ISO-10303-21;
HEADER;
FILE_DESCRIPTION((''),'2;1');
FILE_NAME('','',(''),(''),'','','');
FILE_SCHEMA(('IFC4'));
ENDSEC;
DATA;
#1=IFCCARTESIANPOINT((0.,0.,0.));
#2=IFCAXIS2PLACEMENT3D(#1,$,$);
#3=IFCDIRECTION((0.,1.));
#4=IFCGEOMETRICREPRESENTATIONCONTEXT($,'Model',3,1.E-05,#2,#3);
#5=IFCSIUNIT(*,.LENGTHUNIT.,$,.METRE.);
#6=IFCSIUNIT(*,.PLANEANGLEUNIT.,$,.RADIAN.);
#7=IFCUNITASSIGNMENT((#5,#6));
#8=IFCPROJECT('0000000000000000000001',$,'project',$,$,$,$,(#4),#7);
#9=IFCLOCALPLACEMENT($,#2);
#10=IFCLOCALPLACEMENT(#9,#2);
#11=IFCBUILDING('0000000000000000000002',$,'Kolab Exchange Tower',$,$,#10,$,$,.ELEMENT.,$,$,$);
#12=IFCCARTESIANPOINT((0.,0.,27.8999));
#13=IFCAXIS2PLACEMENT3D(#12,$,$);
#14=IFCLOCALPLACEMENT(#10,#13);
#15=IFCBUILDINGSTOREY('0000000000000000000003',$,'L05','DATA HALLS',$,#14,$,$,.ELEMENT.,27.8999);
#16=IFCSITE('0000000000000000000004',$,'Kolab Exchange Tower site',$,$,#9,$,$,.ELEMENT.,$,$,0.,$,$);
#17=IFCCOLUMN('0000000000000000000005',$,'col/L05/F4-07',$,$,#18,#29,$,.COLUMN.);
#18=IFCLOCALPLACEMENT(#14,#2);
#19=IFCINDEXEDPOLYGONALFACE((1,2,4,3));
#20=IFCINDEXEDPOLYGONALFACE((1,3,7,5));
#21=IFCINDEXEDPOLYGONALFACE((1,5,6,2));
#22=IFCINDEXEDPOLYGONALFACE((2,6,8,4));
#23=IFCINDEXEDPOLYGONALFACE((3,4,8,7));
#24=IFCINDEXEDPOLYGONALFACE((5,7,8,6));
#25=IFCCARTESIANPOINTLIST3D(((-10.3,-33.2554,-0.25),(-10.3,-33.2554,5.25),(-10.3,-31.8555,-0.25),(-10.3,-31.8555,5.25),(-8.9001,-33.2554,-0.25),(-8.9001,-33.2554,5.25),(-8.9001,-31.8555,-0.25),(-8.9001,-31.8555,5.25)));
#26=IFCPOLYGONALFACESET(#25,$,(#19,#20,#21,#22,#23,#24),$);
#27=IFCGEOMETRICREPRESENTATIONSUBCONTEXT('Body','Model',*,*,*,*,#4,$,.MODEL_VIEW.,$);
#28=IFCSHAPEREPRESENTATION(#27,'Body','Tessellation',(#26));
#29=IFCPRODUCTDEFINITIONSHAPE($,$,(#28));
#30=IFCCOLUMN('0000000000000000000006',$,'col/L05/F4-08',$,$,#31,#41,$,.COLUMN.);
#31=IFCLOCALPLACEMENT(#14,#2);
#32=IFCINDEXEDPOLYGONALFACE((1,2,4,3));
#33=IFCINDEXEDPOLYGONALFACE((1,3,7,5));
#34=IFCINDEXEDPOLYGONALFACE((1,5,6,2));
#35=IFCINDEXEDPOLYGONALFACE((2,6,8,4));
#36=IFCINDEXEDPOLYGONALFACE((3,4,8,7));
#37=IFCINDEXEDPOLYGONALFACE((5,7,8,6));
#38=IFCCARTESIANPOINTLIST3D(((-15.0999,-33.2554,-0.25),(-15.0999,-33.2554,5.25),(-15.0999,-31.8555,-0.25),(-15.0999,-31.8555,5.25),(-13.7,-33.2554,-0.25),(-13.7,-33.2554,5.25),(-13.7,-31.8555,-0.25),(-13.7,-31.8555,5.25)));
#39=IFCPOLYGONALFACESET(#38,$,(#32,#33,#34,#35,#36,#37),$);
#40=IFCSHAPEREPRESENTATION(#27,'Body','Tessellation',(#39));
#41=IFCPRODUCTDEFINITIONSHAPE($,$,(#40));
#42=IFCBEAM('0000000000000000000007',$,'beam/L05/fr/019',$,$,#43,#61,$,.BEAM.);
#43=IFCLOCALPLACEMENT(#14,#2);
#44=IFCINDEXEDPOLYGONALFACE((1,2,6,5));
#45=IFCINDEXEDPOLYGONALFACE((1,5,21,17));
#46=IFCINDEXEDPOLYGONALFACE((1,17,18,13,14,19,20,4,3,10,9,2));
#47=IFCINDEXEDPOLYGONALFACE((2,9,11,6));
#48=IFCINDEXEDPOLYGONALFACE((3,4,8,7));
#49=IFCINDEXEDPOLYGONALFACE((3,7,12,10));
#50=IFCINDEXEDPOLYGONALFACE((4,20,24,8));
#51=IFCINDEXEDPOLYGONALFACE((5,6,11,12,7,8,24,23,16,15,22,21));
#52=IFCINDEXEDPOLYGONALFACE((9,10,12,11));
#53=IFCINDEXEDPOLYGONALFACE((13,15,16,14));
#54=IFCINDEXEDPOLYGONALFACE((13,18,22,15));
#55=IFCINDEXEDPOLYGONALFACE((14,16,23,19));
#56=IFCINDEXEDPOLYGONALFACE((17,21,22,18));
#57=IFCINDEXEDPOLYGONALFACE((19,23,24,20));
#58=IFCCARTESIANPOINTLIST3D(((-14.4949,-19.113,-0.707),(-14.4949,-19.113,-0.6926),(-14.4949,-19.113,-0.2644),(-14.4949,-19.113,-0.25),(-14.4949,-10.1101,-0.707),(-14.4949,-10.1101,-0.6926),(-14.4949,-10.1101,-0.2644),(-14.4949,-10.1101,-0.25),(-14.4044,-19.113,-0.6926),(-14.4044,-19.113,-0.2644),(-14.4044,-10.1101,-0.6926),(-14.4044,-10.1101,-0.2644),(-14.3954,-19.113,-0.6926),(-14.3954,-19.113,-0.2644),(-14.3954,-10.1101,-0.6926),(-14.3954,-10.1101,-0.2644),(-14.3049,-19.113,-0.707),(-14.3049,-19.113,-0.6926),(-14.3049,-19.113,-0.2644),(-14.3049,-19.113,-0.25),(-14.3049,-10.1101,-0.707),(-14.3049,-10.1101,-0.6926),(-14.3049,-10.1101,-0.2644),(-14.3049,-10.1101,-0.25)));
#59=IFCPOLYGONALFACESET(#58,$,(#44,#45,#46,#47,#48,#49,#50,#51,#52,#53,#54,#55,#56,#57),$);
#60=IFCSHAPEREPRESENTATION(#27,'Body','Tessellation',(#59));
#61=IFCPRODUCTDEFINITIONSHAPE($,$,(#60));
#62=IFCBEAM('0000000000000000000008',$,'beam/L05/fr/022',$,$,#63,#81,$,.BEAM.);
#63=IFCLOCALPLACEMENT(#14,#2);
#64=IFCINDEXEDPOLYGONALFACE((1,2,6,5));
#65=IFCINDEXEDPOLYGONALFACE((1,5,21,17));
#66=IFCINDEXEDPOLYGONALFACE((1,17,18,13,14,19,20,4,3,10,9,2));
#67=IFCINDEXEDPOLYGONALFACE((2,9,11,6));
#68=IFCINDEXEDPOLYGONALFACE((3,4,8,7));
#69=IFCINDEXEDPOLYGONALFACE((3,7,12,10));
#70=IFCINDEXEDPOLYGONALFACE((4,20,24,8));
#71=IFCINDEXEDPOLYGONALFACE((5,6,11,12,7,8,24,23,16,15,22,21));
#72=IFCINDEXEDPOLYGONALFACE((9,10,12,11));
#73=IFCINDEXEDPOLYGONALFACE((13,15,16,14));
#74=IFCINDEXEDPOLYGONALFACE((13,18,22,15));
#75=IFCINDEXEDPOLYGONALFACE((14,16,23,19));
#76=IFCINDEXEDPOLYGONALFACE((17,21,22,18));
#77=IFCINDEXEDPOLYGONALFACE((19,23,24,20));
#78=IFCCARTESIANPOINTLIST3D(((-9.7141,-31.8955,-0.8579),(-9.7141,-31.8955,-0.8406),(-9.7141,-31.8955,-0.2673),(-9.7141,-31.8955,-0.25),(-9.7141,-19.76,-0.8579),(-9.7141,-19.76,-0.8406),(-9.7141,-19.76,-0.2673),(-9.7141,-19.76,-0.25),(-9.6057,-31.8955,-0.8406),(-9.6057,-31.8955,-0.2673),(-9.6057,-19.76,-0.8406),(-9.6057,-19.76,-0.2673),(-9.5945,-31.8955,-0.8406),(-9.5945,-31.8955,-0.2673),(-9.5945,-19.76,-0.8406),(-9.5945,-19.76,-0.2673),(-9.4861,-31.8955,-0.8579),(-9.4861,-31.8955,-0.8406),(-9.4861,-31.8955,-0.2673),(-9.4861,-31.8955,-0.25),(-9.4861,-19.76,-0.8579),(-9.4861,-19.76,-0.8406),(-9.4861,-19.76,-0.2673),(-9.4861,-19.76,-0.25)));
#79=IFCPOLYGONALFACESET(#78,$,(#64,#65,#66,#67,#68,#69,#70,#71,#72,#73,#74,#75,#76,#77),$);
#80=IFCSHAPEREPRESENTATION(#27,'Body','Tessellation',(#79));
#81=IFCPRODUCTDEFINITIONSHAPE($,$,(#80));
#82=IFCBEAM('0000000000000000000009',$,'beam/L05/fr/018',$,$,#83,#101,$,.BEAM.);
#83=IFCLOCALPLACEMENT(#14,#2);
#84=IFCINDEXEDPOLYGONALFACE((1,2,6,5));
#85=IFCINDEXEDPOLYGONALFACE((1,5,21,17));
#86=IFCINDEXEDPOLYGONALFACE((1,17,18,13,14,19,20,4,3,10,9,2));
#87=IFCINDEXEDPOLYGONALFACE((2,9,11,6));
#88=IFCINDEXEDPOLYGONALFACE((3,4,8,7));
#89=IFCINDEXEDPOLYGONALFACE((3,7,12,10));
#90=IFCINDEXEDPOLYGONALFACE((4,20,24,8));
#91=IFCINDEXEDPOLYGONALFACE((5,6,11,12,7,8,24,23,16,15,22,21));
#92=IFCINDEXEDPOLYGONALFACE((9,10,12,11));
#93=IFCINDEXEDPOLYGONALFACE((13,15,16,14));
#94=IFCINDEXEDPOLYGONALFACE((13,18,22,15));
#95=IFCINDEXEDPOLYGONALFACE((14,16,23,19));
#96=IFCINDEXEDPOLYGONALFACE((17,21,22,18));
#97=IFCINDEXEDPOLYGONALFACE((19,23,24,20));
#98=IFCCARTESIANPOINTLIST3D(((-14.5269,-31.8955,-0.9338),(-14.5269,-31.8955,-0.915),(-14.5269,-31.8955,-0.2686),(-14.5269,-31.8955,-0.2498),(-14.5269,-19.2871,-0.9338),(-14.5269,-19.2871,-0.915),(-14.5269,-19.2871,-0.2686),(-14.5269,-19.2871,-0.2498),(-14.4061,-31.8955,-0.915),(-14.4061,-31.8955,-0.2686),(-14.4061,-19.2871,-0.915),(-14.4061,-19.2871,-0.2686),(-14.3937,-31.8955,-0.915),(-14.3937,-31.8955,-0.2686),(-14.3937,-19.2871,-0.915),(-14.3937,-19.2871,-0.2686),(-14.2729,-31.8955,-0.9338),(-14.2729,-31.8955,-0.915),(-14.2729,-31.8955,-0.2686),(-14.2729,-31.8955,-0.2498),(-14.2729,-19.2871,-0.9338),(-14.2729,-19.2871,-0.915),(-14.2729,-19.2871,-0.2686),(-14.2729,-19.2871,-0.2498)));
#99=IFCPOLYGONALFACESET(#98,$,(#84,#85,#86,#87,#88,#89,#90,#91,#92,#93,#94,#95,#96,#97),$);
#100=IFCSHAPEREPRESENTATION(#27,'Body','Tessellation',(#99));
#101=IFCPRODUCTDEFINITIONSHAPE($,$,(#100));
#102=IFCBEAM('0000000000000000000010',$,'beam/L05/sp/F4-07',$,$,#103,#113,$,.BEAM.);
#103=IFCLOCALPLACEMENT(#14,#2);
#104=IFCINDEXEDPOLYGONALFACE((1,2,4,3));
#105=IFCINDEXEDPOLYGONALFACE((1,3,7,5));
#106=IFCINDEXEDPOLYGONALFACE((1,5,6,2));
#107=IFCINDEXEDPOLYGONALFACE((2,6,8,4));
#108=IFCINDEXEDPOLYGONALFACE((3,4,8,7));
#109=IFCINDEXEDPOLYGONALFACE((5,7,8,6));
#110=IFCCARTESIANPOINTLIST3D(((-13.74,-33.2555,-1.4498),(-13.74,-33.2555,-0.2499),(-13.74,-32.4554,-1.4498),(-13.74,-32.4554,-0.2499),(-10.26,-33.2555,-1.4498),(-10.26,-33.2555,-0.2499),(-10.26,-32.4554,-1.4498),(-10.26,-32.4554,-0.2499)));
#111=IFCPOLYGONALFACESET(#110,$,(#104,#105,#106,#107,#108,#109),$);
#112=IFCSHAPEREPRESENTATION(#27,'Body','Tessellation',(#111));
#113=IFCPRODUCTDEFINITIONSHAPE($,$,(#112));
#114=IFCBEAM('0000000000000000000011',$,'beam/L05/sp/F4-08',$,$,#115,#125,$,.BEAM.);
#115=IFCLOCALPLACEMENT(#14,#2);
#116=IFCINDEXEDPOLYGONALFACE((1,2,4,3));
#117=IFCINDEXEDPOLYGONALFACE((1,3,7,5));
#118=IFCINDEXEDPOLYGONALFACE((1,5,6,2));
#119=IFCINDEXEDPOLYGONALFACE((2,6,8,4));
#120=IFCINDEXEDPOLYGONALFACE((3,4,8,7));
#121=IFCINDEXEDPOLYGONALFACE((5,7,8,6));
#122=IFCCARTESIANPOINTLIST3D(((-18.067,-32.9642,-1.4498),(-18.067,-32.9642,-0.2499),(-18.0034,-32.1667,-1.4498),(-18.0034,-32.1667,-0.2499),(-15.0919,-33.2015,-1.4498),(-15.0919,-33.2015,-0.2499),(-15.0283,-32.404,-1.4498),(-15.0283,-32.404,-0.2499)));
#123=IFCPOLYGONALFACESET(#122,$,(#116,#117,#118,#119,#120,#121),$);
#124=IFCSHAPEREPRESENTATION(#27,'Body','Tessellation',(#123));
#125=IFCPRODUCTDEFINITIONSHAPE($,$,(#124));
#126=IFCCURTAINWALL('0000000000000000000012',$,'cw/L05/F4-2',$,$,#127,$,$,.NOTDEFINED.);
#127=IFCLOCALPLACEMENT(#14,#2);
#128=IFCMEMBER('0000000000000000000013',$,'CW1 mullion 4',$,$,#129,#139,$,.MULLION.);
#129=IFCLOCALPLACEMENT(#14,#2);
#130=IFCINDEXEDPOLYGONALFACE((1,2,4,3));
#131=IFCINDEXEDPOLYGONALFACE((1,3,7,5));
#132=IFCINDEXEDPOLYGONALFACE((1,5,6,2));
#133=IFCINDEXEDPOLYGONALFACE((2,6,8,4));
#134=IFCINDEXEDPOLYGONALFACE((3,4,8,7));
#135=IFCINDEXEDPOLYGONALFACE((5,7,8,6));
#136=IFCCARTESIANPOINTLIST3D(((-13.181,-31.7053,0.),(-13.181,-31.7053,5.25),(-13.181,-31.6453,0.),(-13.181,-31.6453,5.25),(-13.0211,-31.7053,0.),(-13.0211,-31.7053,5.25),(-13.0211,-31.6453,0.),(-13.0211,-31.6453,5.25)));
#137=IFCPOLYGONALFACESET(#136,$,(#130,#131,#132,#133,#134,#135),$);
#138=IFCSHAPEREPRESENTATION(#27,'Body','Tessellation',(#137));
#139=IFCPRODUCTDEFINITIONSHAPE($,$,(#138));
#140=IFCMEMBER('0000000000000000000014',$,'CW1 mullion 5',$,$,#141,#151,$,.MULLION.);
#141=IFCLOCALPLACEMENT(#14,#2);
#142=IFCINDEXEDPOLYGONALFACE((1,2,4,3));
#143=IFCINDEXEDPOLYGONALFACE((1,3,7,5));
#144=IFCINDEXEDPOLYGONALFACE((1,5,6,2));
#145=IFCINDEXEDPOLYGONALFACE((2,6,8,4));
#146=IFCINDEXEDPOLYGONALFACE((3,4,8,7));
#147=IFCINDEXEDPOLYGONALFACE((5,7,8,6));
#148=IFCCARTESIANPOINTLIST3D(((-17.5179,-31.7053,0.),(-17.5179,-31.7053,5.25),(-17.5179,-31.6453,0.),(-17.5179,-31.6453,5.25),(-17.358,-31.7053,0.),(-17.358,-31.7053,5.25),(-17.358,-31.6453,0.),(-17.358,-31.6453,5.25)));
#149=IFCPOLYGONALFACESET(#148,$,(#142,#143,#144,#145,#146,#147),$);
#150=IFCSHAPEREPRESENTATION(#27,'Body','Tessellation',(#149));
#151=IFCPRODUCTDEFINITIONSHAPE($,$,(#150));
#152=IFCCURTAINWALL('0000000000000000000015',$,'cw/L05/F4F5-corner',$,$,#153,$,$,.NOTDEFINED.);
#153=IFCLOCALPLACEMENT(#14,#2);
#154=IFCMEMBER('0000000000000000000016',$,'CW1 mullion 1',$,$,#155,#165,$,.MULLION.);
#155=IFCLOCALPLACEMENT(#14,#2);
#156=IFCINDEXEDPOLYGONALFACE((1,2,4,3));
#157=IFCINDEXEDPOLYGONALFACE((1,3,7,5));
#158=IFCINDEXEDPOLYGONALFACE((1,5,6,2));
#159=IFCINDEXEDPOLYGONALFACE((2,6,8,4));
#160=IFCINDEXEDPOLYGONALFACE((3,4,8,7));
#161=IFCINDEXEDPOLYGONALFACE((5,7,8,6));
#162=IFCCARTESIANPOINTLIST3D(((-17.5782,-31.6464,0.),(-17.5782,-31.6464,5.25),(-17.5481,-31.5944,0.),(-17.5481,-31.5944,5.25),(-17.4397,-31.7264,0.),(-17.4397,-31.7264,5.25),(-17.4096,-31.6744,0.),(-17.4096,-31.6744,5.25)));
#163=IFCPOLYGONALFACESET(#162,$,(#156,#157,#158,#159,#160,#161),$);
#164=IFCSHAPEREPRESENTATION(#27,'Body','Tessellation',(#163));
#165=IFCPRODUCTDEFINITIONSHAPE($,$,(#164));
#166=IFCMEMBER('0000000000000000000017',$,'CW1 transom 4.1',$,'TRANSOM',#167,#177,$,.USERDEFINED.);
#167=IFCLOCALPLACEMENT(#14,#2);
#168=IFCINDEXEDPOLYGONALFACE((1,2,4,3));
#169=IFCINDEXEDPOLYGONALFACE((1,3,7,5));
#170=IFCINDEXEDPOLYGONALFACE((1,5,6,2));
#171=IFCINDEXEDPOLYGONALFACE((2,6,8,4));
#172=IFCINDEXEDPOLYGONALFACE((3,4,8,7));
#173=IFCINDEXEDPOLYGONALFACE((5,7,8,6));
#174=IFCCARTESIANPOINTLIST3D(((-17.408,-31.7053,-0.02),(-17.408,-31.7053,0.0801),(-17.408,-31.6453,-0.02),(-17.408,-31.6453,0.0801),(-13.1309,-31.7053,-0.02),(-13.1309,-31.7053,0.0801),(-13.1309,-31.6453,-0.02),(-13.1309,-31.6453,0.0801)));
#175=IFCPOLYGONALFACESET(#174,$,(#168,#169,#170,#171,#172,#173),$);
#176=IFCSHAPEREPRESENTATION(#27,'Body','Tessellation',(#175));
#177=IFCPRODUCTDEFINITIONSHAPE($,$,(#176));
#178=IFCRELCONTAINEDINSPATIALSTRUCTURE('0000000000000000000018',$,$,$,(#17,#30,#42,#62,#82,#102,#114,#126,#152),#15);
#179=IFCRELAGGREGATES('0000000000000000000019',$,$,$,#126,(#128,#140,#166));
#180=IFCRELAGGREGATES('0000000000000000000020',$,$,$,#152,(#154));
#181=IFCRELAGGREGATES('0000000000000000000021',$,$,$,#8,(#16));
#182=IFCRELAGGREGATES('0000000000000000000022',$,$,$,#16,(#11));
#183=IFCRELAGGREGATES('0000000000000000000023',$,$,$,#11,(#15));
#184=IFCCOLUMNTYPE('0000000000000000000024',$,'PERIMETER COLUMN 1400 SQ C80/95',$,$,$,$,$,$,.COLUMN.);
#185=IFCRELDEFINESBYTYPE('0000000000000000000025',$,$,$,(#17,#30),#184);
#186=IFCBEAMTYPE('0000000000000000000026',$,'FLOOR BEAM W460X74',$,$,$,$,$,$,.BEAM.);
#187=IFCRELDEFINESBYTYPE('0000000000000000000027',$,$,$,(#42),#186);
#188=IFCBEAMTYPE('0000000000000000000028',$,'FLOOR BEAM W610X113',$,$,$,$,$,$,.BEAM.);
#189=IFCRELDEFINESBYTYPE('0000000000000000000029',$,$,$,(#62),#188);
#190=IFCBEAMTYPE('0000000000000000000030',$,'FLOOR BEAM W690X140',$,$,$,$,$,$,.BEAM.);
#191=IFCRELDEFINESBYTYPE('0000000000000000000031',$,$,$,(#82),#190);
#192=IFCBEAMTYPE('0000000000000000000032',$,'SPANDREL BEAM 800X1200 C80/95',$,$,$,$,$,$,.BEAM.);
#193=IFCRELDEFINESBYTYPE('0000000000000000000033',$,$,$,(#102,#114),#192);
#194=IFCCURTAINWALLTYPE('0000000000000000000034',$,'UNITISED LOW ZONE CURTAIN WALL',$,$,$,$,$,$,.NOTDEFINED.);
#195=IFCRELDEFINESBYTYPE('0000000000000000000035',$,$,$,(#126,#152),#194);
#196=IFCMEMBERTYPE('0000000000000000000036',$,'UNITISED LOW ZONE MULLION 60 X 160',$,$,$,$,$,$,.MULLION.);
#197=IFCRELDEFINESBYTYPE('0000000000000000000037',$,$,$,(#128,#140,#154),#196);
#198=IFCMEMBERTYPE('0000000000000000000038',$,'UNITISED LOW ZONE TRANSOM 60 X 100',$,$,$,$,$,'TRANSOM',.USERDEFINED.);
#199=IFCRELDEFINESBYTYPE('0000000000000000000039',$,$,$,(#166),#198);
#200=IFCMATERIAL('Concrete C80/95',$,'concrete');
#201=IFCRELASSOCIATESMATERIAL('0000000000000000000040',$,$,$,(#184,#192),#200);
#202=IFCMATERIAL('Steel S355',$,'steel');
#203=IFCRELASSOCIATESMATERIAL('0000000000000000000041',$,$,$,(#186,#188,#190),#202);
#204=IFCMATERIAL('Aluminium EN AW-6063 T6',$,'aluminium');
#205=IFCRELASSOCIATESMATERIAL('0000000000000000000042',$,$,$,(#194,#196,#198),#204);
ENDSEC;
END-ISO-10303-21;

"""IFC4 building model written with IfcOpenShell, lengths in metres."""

from ifc_helpers import new_model, si_unit, direction, frame, origin, origin_2d, place, context, subcontext, project, spatial, rectangle, i_section, extrude, material, material_profile, profile_set, type_object, element, aggregate, save


model = new_model("IFC4")

# Units and contexts
model_context = context("Model", 3, precision=1e-05, world=origin(), true_north=direction((0.0, 1.0)))
body_context = subcontext(model_context, "Body", "Model", "MODEL_VIEW")
ifc_project = project(units=[si_unit("LENGTHUNIT", "METRE"), si_unit("PLANEANGLEUNIT", "RADIAN")], contexts=[model_context])

# Site, building, storey
site_placement = place(None, origin())
site = spatial("IfcSite", under=ifc_project, at=site_placement, Name="Kolab Exchange Tower site", CompositionType="ELEMENT", RefElevation=0.0)
building_placement = place(site_placement, origin())
building = spatial("IfcBuilding", under=site, at=building_placement, Name="Kolab Exchange Tower", CompositionType="ELEMENT")
storey_placement = place(building_placement, frame((0.0, 0.0, 27.8999)))
storey = spatial("IfcBuildingStorey", under=building, at=storey_placement, Name="L05", Description="DATA HALLS", CompositionType="ELEMENT", Elevation=27.8999)

# Columns
ifc_material_1 = material(Name="Concrete C80/95", Category="concrete")
ifc_material_profile_1 = material_profile(ifc_material_1, rectangle(XDim=1.3999, YDim=1.3999, at=origin_2d()), Name="RC1400")
ifc_profile_set_1 = profile_set([ifc_material_profile_1], Name="Concrete C80/95")
column_type = type_object("IfcColumnType", Name="PERIMETER COLUMN 1400 SQ C80/95", PredefinedType="COLUMN", material=ifc_profile_set_1)
for number, where, z_axis, x_axis, name in (
    (1, (-9.6001, -32.5554, -0.25), (0.0, 0.0, 1.0), (1.0, 0.0, 0.0), "col/L05/F4-07"),
    (2, (-14.3999, -32.5554, -0.25), (0.0, 0.0, 1.0), (1.0, 0.0, 0.0), "col/L05/F4-08"),
):
    element("IfcColumn", number, at=place(storey_placement, frame(where, z_axis=z_axis, x_axis=x_axis)), inside=storey, type_object=column_type, Name=name, PredefinedType="COLUMN", context=body_context, shape_type="SweptSolid", body=[
        extrude(rectangle(XDim=1.3999, YDim=1.3999, at=origin_2d()), origin(), (0.0, 0.0, 1.0), 5.5),
    ])

# Beams
ifc_material_2 = material(Name="Steel S355", Category="steel")
ifc_material_profile_2 = material_profile(ifc_material_2, i_section(OverallWidth=0.1899, OverallDepth=0.457, WebThickness=0.009, FlangeThickness=0.0144, at=origin_2d()), Name="W460X74")
ifc_profile_set_2 = profile_set([ifc_material_profile_2], Name="Steel S355")
beam_type_1 = type_object("IfcBeamType", Name="FLOOR BEAM W460X74", PredefinedType="BEAM", material=ifc_profile_set_2)
beam_1_placement = place(storey_placement, frame((-14.3999, -19.113, -0.4785), z_axis=(0.0, 1.0, 0.0), x_axis=(-1.0, 0.0, 0.0)))
element("IfcBeam", 3, at=beam_1_placement, inside=storey, type_object=beam_type_1, Name="beam/L05/fr/019", PredefinedType="BEAM", context=body_context, shape_type="SweptSolid", body=[
    extrude(i_section(OverallWidth=0.1899, OverallDepth=0.457, WebThickness=0.009, FlangeThickness=0.0144, at=origin_2d()), origin(), (0.0, 0.0, 1.0), 9.0029),
])
ifc_material_profile_3 = material_profile(ifc_material_2, i_section(OverallWidth=0.228, OverallDepth=0.6079, WebThickness=0.0112, FlangeThickness=0.0173, at=origin_2d()), Name="W610X113")
ifc_profile_set_3 = profile_set([ifc_material_profile_3], Name="Steel S355")
beam_type_2 = type_object("IfcBeamType", Name="FLOOR BEAM W610X113", PredefinedType="BEAM", material=ifc_profile_set_3)
beam_2_placement = place(storey_placement, frame((-9.6001, -31.8955, -0.554), z_axis=(0.0, 1.0, 0.0), x_axis=(-1.0, 0.0, 0.0)))
element("IfcBeam", 4, at=beam_2_placement, inside=storey, type_object=beam_type_2, Name="beam/L05/fr/022", PredefinedType="BEAM", context=body_context, shape_type="SweptSolid", body=[
    extrude(i_section(OverallWidth=0.228, OverallDepth=0.6079, WebThickness=0.0112, FlangeThickness=0.0173, at=origin_2d()), origin(), (0.0, 0.0, 1.0), 12.1355),
])
ifc_material_profile_4 = material_profile(ifc_material_2, i_section(OverallWidth=0.2539, OverallDepth=0.6841, WebThickness=0.0125, FlangeThickness=0.0188, at=origin_2d()), Name="W690X140")
ifc_profile_set_4 = profile_set([ifc_material_profile_4], Name="Steel S355")
beam_type_3 = type_object("IfcBeamType", Name="FLOOR BEAM W690X140", PredefinedType="BEAM", material=ifc_profile_set_4)
beam_3_placement = place(storey_placement, frame((-14.3999, -31.8955, -0.5918), z_axis=(0.0, 1.0, 0.0), x_axis=(-1.0, 0.0, 0.0)))
element("IfcBeam", 5, at=beam_3_placement, inside=storey, type_object=beam_type_3, Name="beam/L05/fr/018", PredefinedType="BEAM", context=body_context, shape_type="SweptSolid", body=[
    extrude(i_section(OverallWidth=0.2539, OverallDepth=0.6841, WebThickness=0.0125, FlangeThickness=0.0188, at=origin_2d()), origin(), (0.0, 0.0, 1.0), 12.6084),
])
ifc_material_profile_5 = material_profile(ifc_material_1, rectangle(XDim=0.8, YDim=1.2, at=origin_2d()), Name="RC800X1200")
ifc_profile_set_5 = profile_set([ifc_material_profile_5], Name="Concrete C80/95")
beam_type_4 = type_object("IfcBeamType", Name="SPANDREL BEAM 800X1200 C80/95", PredefinedType="BEAM", material=ifc_profile_set_5)
beam_4_placement = place(storey_placement, frame((-10.26, -32.8555, -0.8499), z_axis=(-1.0, 0.0, 0.0), x_axis=(0.0, -1.0, 0.0)))
element("IfcBeam", 6, at=beam_4_placement, inside=storey, type_object=beam_type_4, Name="beam/L05/sp/F4-07", PredefinedType="BEAM", context=body_context, shape_type="SweptSolid", body=[
    extrude(rectangle(XDim=0.8, YDim=1.2, at=origin_2d()), origin(), (0.0, 0.0, 1.0), 3.48),
])
beam_5_placement = place(storey_placement, frame((-15.0601, -32.8027, -0.8499), z_axis=(-0.996834, 0.079511, 0.0), x_axis=(-0.079511, -0.996834, 0.0)))
element("IfcBeam", 7, at=beam_5_placement, inside=storey, type_object=beam_type_4, Name="beam/L05/sp/F4-08", PredefinedType="BEAM", context=body_context, shape_type="SweptSolid", body=[
    extrude(rectangle(XDim=0.8, YDim=1.2, at=origin_2d()), origin(), (0.0, 0.0, 1.0), 2.9846),
])

# Curtain wall, members
ifc_material_3 = material(Name="Aluminium EN AW-6063 T6", Category="aluminium")
curtain_wall_type = type_object("IfcCurtainWallType", Name="UNITISED LOW ZONE CURTAIN WALL", PredefinedType="NOTDEFINED", material=ifc_material_3)
curtain_wall_1_placement = place(storey_placement, origin())
curtain_wall_1 = element("IfcCurtainWall", 8, at=curtain_wall_1_placement, inside=storey, type_object=curtain_wall_type, Name="cw/L05/F4-2", PredefinedType="NOTDEFINED")
ifc_material_profile_6 = material_profile(ifc_material_3, rectangle(XDim=0.0601, YDim=0.1599, at=origin_2d()), Name="RECT 60X160")
ifc_profile_set_6 = profile_set([ifc_material_profile_6], Name="Aluminium EN AW-6063 T6")
member_type_1 = type_object("IfcMemberType", Name="UNITISED LOW ZONE MULLION 60 X 160", PredefinedType="MULLION", material=ifc_profile_set_6)
member_1_placement = place(storey_placement, frame((-13.1011, -31.6753, 0.0), z_axis=(0.0, 0.0, 1.0), x_axis=(0.0, -1.0, 0.0)))
member_1 = element("IfcMember", 9, at=member_1_placement, type_object=member_type_1, Name="CW1 mullion 4", PredefinedType="MULLION", context=body_context, shape_type="SweptSolid", body=[
    extrude(rectangle(XDim=0.0601, YDim=0.1599, at=origin_2d()), origin(), (0.0, 0.0, 1.0), 5.25),
])
member_2_placement = place(storey_placement, frame((-17.438, -31.6753, 0.0), z_axis=(0.0, 0.0, 1.0), x_axis=(0.0, -1.0, 0.0)))
member_2 = element("IfcMember", 10, at=member_2_placement, type_object=member_type_1, Name="CW1 mullion 5", PredefinedType="MULLION", context=body_context, shape_type="SweptSolid", body=[
    extrude(rectangle(XDim=0.0601, YDim=0.1599, at=origin_2d()), origin(), (0.0, 0.0, 1.0), 5.25),
])

# Curtain wall, member
curtain_wall_2_placement = place(storey_placement, origin())
curtain_wall_2 = element("IfcCurtainWall", 11, at=curtain_wall_2_placement, inside=storey, type_object=curtain_wall_type, Name="cw/L05/F4F5-corner", PredefinedType="NOTDEFINED")
member_3_placement = place(storey_placement, frame((-17.4939, -31.6604, 0.0), z_axis=(0.0, 0.0, 1.0), x_axis=(-0.5, -0.866025, 0.0)))
member_3 = element("IfcMember", 12, at=member_3_placement, type_object=member_type_1, Name="CW1 mullion 1", PredefinedType="MULLION", context=body_context, shape_type="SweptSolid", body=[
    extrude(rectangle(XDim=0.0601, YDim=0.1599, at=origin_2d()), origin(), (0.0, 0.0, 1.0), 5.25),
])

# Member
ifc_material_profile_7 = material_profile(ifc_material_3, rectangle(XDim=0.0601, YDim=0.1001, at=origin_2d()), Name="RECT 60X100")
ifc_profile_set_7 = profile_set([ifc_material_profile_7], Name="Aluminium EN AW-6063 T6")
member_type_2 = type_object("IfcMemberType", Name="UNITISED LOW ZONE TRANSOM 60 X 100", ElementType="TRANSOM", PredefinedType="USERDEFINED", material=ifc_profile_set_7)
member_4_placement = place(storey_placement, frame((-13.1309, -31.6753, 0.03), z_axis=(-1.0, 0.0, 0.0), x_axis=(0.0, -1.0, 0.0)))
member_4 = element("IfcMember", 13, at=member_4_placement, type_object=member_type_2, Name="CW1 transom 4.1", ObjectType="TRANSOM", PredefinedType="USERDEFINED", context=body_context, shape_type="SweptSolid", body=[
    extrude(rectangle(XDim=0.0601, YDim=0.1001, at=origin_2d()), origin(), (0.0, 0.0, 1.0), 4.2771),
])

aggregate(curtain_wall_1, [member_1, member_2, member_4])
aggregate(curtain_wall_2, [member_3])

save(model, "model.ifc")
